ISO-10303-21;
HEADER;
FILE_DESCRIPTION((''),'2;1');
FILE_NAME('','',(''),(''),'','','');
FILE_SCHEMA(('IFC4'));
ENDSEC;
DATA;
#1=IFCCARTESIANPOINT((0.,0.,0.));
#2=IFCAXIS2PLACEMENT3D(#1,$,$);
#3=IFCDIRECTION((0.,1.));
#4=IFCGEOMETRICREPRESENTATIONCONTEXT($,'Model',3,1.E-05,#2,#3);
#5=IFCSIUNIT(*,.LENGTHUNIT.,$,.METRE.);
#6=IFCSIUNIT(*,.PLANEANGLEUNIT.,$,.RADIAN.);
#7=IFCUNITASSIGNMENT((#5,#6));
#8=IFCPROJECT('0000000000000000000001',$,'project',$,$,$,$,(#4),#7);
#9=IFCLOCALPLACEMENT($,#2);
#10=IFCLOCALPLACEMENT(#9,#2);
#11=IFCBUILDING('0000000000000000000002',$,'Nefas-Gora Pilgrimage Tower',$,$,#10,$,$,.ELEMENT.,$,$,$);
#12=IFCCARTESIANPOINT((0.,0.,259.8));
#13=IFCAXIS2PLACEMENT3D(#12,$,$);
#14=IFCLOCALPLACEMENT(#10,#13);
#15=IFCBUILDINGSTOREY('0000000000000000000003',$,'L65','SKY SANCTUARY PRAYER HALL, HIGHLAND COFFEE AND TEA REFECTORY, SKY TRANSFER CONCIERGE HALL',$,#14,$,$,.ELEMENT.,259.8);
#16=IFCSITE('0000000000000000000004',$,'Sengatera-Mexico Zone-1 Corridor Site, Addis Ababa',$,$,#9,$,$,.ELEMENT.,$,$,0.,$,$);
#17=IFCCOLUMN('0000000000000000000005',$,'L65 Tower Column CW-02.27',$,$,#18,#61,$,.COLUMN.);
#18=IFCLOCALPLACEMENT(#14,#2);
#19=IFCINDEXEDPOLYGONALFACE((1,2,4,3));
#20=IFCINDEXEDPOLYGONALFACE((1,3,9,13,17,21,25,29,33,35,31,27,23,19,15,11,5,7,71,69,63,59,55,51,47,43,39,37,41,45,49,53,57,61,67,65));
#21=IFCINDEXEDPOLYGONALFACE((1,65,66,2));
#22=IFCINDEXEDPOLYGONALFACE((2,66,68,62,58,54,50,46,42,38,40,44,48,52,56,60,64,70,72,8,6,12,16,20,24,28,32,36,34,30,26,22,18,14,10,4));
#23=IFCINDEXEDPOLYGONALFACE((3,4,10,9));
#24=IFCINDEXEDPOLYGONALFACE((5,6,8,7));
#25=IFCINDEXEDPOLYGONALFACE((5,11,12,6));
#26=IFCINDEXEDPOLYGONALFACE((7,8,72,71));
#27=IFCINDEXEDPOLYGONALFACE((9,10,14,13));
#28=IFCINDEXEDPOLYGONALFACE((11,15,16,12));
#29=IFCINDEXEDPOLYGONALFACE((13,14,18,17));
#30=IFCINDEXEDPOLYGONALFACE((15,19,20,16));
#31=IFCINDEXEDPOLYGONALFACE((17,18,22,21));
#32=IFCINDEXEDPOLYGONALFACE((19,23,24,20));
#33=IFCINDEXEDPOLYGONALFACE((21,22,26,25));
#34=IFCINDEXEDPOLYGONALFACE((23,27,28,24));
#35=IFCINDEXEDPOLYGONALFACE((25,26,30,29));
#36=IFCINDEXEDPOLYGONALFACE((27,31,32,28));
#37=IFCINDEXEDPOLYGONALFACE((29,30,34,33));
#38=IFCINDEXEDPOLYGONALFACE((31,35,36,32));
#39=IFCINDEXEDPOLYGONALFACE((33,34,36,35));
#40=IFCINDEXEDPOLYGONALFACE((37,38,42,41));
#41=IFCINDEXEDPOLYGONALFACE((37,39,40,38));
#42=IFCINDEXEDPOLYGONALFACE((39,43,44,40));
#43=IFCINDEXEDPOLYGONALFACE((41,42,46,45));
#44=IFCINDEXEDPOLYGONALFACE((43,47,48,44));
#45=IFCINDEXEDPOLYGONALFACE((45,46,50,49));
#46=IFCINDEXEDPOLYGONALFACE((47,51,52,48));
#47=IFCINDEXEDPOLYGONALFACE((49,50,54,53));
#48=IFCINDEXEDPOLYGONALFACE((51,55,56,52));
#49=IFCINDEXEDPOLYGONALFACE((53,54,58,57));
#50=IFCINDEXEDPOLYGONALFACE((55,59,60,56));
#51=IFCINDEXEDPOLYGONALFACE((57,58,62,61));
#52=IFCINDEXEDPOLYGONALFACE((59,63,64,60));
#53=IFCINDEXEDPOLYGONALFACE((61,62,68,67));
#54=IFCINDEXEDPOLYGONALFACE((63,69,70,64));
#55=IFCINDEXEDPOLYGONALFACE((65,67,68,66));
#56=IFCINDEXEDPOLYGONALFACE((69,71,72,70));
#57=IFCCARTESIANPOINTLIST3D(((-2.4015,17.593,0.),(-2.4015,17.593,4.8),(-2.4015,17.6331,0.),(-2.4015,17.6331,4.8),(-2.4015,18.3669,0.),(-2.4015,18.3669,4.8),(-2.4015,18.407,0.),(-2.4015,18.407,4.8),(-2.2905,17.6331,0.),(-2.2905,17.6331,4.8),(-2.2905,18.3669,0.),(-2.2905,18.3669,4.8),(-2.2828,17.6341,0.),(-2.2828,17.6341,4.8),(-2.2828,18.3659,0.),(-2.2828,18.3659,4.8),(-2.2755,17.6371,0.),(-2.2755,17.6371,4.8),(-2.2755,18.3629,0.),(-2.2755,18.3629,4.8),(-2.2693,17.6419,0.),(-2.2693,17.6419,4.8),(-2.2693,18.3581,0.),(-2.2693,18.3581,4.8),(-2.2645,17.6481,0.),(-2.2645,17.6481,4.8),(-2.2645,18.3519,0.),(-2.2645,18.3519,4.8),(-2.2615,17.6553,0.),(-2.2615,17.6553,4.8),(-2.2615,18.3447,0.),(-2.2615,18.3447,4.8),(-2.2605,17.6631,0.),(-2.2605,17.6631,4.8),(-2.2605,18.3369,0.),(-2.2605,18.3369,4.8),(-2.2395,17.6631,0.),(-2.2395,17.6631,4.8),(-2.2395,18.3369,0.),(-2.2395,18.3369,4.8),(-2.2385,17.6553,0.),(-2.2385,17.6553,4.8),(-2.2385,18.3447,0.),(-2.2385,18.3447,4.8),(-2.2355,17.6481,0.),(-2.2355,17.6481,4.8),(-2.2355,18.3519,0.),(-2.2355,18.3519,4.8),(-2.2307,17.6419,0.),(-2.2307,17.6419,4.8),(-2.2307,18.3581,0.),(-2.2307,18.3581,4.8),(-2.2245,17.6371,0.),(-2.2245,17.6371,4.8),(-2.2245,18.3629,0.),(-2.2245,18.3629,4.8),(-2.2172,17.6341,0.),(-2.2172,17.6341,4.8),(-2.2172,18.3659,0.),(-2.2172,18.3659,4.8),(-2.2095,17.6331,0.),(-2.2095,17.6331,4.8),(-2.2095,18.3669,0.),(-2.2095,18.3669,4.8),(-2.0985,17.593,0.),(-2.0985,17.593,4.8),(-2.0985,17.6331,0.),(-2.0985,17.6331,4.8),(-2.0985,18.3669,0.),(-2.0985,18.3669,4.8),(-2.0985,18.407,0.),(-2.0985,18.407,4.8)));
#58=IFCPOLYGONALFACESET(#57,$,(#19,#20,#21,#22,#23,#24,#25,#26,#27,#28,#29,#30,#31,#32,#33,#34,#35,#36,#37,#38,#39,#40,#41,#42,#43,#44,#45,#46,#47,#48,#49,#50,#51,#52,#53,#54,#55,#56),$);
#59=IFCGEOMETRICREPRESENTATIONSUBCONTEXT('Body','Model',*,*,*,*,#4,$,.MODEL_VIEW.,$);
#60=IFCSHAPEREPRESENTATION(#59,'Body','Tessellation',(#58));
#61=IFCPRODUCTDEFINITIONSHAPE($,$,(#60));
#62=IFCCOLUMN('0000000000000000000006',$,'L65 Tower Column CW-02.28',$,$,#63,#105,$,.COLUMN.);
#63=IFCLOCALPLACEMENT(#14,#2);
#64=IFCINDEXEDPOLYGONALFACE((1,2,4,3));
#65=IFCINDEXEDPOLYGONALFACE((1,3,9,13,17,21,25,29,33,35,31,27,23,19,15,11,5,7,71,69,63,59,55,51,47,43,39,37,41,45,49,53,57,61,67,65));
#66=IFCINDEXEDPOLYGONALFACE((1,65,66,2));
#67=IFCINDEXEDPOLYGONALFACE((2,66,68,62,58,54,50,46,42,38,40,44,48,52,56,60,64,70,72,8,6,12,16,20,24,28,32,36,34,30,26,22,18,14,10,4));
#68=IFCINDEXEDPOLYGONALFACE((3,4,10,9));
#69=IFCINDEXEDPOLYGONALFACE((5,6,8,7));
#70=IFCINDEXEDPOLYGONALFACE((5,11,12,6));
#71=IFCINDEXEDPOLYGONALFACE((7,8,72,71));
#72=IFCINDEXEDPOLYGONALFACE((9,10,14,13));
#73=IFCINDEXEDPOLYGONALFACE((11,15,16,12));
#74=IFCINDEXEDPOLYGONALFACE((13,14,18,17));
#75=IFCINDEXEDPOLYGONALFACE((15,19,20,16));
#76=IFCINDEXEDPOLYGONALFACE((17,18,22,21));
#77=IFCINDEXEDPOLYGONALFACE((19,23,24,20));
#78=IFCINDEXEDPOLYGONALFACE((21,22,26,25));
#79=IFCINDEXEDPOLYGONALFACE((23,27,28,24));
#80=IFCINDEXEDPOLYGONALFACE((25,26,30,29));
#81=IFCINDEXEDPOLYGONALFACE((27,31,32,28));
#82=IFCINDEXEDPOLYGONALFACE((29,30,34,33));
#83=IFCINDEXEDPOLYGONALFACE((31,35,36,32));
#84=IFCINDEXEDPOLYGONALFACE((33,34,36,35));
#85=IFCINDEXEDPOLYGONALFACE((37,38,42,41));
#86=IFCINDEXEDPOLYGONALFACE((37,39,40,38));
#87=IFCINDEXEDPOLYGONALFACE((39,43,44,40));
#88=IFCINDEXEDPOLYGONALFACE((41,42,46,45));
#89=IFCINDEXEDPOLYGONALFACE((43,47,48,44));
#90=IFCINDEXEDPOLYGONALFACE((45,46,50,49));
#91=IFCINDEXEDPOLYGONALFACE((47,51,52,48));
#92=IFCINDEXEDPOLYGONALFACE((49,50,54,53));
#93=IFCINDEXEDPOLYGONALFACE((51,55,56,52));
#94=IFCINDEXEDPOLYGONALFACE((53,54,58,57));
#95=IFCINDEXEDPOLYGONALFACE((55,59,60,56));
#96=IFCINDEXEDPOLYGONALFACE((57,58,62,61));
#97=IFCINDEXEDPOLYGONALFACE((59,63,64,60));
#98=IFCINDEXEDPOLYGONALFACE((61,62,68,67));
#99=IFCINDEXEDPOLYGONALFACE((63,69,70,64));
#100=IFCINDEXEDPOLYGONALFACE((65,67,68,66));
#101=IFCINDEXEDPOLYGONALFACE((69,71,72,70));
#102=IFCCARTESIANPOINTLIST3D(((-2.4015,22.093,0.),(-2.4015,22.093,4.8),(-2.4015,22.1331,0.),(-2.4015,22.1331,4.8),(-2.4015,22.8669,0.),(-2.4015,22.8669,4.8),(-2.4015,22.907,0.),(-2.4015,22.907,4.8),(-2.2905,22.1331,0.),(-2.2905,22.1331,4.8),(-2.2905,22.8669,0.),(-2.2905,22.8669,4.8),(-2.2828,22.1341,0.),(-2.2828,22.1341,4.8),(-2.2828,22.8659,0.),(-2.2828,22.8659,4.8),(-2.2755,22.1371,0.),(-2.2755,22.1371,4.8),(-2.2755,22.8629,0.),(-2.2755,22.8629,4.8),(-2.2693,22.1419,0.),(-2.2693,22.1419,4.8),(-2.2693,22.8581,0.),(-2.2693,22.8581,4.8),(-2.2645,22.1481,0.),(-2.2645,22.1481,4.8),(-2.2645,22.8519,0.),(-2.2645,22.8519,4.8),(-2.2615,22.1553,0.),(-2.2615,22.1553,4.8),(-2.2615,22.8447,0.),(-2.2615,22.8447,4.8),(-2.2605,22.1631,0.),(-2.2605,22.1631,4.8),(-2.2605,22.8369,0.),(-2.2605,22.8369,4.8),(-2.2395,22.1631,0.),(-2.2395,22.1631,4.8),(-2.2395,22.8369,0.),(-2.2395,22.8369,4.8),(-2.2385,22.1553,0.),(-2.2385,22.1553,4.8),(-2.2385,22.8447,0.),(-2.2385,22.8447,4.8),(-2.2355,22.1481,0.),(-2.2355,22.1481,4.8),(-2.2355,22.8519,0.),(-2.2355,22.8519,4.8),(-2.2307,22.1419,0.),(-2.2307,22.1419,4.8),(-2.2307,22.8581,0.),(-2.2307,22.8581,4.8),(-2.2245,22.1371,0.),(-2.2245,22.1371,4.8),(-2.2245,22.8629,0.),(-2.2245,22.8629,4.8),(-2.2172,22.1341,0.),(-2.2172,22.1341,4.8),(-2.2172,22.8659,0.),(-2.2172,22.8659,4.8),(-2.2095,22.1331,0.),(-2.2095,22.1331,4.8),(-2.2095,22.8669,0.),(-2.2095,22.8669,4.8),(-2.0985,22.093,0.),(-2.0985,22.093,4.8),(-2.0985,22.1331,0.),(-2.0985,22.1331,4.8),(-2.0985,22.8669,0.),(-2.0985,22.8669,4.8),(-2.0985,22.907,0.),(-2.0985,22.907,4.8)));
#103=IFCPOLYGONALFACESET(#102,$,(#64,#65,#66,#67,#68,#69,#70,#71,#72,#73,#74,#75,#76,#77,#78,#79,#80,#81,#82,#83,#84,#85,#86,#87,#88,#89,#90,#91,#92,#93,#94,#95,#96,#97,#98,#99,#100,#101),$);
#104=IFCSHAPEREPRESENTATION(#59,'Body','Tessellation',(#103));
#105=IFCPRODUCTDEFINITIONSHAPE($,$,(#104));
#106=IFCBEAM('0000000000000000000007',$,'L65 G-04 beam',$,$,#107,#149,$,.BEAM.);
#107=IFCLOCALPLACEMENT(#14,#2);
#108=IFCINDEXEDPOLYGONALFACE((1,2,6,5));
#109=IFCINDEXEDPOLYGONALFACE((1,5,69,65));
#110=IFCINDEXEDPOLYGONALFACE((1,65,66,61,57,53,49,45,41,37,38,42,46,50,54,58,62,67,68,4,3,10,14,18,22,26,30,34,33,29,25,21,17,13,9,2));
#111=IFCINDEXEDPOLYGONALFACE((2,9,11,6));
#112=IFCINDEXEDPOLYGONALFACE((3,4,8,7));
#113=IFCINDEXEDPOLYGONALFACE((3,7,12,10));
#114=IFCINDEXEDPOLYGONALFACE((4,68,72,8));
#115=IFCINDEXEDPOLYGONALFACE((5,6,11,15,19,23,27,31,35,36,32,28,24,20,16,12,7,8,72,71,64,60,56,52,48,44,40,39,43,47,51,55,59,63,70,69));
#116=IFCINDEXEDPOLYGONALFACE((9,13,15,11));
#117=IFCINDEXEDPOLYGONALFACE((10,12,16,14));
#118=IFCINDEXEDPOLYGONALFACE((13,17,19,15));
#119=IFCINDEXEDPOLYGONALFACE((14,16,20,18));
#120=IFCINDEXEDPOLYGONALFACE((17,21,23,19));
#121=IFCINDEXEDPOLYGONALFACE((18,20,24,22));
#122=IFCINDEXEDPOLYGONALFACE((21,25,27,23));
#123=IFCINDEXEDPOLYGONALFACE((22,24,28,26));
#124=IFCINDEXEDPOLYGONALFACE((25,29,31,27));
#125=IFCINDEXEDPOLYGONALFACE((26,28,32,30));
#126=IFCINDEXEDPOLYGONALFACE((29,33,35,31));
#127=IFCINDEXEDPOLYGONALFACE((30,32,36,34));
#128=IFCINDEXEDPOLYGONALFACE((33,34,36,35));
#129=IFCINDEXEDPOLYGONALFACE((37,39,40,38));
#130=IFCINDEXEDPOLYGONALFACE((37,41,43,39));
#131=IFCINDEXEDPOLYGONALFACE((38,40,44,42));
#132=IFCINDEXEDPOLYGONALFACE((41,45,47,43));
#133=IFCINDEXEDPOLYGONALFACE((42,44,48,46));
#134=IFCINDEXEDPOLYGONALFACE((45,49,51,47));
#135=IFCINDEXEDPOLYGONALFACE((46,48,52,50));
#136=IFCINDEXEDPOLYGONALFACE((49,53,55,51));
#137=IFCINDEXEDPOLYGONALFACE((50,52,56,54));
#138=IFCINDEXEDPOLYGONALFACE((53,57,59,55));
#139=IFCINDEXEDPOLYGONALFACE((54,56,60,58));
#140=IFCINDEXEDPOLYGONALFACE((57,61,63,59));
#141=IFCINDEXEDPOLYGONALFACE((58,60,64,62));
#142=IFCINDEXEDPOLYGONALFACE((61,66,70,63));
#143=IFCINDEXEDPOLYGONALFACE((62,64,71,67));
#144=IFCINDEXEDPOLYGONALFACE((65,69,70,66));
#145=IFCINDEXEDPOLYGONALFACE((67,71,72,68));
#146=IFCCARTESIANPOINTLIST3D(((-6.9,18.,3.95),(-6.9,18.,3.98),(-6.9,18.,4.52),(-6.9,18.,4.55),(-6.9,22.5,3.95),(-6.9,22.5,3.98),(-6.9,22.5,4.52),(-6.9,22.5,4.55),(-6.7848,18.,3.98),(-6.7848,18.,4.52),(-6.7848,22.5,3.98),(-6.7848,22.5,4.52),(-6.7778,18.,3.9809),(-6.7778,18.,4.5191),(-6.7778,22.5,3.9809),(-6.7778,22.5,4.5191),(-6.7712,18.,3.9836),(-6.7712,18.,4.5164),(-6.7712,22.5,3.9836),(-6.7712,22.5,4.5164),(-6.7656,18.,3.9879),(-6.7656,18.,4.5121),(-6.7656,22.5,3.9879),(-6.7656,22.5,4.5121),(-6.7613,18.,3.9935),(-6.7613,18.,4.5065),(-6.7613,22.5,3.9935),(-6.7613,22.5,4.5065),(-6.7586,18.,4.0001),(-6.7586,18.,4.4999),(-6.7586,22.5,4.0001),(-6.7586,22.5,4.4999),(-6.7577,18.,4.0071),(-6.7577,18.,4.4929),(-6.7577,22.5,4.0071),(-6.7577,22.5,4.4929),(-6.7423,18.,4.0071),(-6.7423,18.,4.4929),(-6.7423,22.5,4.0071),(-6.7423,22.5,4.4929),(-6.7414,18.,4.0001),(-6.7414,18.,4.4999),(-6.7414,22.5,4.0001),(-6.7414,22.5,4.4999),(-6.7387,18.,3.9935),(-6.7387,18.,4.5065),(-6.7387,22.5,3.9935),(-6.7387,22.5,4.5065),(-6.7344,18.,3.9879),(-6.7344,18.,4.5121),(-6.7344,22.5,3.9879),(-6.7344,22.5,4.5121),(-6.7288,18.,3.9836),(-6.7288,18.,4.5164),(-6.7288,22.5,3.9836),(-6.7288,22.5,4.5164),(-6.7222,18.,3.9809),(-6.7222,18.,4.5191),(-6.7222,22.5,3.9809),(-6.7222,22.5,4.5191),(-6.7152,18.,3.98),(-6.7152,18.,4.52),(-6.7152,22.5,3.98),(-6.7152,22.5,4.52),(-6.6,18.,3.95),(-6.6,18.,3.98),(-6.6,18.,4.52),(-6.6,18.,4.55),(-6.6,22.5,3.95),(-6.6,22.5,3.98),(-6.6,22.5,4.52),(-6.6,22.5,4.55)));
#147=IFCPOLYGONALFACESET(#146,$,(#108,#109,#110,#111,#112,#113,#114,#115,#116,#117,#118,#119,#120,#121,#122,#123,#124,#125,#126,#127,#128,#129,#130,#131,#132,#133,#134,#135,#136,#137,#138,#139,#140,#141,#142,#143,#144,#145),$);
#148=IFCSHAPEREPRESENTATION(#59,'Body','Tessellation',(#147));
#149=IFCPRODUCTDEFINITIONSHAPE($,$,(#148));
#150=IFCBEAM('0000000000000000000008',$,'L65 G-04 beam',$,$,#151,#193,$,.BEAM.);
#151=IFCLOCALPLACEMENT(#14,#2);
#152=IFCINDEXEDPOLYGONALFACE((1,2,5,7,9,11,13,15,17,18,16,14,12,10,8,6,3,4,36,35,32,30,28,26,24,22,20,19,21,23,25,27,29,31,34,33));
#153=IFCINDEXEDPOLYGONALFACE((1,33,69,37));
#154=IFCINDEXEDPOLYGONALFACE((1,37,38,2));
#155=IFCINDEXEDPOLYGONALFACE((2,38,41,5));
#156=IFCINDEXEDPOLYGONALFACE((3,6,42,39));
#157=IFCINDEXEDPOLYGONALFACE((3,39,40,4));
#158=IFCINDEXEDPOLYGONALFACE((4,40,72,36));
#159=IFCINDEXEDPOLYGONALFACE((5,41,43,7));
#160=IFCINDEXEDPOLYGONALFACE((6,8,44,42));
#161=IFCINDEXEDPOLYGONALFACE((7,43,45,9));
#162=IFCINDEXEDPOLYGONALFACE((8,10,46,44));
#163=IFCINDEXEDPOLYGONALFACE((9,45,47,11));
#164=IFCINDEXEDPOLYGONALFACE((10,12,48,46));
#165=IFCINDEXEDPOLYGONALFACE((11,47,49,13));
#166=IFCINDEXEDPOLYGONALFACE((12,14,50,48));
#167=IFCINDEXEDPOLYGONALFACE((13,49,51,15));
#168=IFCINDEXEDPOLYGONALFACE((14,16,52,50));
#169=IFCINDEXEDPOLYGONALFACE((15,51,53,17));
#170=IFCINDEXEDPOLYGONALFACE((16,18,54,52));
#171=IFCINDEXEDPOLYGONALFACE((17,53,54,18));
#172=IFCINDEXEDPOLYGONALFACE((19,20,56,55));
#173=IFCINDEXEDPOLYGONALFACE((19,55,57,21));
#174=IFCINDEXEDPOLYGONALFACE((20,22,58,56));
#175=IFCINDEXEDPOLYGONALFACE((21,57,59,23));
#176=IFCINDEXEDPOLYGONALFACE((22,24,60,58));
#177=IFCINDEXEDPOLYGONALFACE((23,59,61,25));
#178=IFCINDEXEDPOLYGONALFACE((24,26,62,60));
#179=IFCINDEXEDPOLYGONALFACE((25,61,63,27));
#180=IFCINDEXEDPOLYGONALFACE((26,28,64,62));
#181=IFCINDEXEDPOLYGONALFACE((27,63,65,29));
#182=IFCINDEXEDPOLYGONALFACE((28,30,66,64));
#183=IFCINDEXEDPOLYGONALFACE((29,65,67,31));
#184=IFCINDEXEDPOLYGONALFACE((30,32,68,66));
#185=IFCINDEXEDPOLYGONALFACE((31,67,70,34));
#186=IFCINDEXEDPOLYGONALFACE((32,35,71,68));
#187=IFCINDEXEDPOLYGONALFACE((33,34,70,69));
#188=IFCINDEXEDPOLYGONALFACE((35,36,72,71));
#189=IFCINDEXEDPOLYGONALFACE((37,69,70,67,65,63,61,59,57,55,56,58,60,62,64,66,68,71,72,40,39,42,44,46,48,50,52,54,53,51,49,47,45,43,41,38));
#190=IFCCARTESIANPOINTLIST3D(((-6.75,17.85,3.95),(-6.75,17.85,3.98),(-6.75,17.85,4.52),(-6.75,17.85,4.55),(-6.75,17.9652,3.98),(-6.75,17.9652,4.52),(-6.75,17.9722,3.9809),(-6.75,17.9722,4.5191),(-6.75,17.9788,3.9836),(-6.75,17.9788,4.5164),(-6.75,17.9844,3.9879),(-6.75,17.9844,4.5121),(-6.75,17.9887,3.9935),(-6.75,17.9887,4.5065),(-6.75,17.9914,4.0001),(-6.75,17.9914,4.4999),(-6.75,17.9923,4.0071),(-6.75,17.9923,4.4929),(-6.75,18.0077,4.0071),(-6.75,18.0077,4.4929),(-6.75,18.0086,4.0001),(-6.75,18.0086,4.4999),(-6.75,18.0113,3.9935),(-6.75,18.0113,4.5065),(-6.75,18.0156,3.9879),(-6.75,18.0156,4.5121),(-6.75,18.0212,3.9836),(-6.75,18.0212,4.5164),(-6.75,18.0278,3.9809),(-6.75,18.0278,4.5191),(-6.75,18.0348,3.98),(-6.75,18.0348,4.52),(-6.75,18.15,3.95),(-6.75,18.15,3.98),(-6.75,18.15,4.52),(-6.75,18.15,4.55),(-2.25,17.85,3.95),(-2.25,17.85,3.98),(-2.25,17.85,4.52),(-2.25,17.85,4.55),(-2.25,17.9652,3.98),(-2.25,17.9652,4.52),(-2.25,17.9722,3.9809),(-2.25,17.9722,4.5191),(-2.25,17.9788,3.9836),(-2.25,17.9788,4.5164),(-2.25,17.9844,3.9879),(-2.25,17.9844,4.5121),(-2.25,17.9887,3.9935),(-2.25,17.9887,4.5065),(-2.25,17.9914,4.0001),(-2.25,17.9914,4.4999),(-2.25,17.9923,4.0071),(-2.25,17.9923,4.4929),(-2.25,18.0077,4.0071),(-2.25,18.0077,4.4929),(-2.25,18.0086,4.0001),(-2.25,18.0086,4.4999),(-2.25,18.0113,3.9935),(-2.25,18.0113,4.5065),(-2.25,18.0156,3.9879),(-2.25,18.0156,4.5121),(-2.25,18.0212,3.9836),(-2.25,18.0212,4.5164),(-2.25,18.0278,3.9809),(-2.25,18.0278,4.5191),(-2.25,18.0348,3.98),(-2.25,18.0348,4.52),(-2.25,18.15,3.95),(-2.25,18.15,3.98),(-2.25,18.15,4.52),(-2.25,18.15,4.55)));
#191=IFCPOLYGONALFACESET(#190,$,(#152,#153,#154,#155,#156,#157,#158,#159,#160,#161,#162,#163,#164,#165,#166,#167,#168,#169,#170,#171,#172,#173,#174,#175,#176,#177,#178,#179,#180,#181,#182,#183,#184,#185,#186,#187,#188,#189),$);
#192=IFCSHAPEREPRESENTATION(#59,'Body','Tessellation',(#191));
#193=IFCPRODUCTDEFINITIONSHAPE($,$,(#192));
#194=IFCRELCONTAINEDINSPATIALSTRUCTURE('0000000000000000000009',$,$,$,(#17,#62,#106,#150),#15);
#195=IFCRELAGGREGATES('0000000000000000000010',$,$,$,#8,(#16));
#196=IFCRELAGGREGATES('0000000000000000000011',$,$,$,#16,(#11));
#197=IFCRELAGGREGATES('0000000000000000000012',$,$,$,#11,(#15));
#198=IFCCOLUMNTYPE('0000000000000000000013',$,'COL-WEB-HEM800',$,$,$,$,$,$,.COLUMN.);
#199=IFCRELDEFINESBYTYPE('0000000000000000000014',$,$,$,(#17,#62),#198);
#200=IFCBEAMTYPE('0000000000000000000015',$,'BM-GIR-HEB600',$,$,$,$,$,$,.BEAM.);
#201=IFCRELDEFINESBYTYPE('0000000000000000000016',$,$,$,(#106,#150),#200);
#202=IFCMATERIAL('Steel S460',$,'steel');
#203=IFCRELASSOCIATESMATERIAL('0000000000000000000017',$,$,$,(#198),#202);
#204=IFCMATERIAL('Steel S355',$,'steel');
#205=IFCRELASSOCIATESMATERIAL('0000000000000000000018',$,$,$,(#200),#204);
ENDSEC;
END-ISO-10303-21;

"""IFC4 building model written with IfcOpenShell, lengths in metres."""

from ifc_helpers import new_model, si_unit, direction, frame, origin, origin_2d, place, context, subcontext, project, spatial, i_section, extrude, source, transform, mapped, material, material_profile, profile_set, type_object, element, save


model = new_model("IFC4")

# Units and contexts
model_context = context("Model", 3, precision=1e-05, world=origin(), true_north=direction((0.0, 1.0)))
body_context = subcontext(model_context, "Body", "Model", "MODEL_VIEW")
ifc_project = project(units=[si_unit("LENGTHUNIT", "METRE"), si_unit("PLANEANGLEUNIT", "RADIAN")], contexts=[model_context])

# Site, building, storey
site_placement = place(None, origin())
site = spatial("IfcSite", under=ifc_project, at=site_placement, Name="Sengatera-Mexico Zone-1 Corridor Site, Addis Ababa", CompositionType="ELEMENT", RefElevation=0.0)
building_placement = place(site_placement, origin())
building = spatial("IfcBuilding", under=site, at=building_placement, Name="Nefas-Gora Pilgrimage Tower", CompositionType="ELEMENT")
storey_placement = place(building_placement, frame((0.0, 0.0, 259.8)))
storey = spatial("IfcBuildingStorey", under=building, at=storey_placement, Name="L65", Description="SKY SANCTUARY PRAYER HALL, HIGHLAND COFFEE AND TEA REFECTORY, SKY TRANSFER CONCIERGE HALL", CompositionType="ELEMENT", Elevation=259.8)

# Columns
ifc_material_1 = material(Name="Steel S460", Category="steel")
ifc_material_profile_1 = material_profile(ifc_material_1, i_section(OverallWidth=0.303, OverallDepth=0.814, WebThickness=0.021, FlangeThickness=0.04, FilletRadius=0.03, at=origin_2d()), Name="HEM 800")
ifc_profile_set_1 = profile_set([ifc_material_profile_1], Name="Steel S460")
column_type_1 = type_object("IfcColumnType", Name="COL-WEB-HEM800", PredefinedType="COLUMN", material=ifc_profile_set_1)
shared_shape_1 = source(origin(), body_context, "Body", "SweptSolid", [
    extrude(i_section(OverallWidth=0.303, OverallDepth=0.814, WebThickness=0.021, FlangeThickness=0.04, FilletRadius=0.03, at=origin_2d()), origin(), (0.0, 0.0, 1.0), 4.8),
])
for number, where, z_axis, x_axis, name in (
    (1, (-2.25, 18.0, 0.0), (0.0, 0.0, 1.0), (1.0, 0.0, 0.0), "L65 Tower Column CW-02.27"),
    (2, (-2.25, 22.5, 0.0), (0.0, 0.0, 1.0), (1.0, 0.0, 0.0), "L65 Tower Column CW-02.28"),
):
    element("IfcColumn", number, at=place(storey_placement, frame(where, z_axis=z_axis, x_axis=x_axis)), inside=storey, type_object=column_type_1, Name=name, PredefinedType="COLUMN", context=body_context, shape_type="MappedRepresentation", body=[
        mapped(shared_shape_1, transform((0.0, 0.0, 0.0), x_axis=(1.0, 0.0, 0.0), y_axis=(0.0, 1.0, 0.0), z_axis=(0.0, 0.0, 1.0), scale=1.0)),
    ])

# Beams
ifc_material_2 = material(Name="Steel S355", Category="steel")
ifc_material_profile_2 = material_profile(ifc_material_2, i_section(OverallWidth=0.3, OverallDepth=0.6001, WebThickness=0.0154, FlangeThickness=0.03, FilletRadius=0.0271, at=origin_2d()), Name="HEB 600")
ifc_profile_set_2 = profile_set([ifc_material_profile_2], Name="Steel S355")
beam_type = type_object("IfcBeamType", Name="BM-GIR-HEB600", PredefinedType="BEAM", material=ifc_profile_set_2)
shared_shape_2 = source(origin(), body_context, "Body", "SweptSolid", [
    extrude(i_section(OverallWidth=0.3, OverallDepth=0.6001, WebThickness=0.0154, FlangeThickness=0.03, FilletRadius=0.0271, at=origin_2d()), origin(), (0.0, 0.0, 1.0), 4.5),
])
for number, where, z_axis, x_axis, name in (
    (3, (-6.75, 18.0, 4.25), (0.0, 1.0, 0.0), (-1.0, 0.0, 0.0), "L65 G-04 beam"),
    (4, (-6.75, 18.0, 4.25), (1.0, 0.0, 0.0), (0.0, 1.0, 0.0), "L65 G-04 beam"),
):
    element("IfcBeam", number, at=place(storey_placement, frame(where, z_axis=z_axis, x_axis=x_axis)), inside=storey, type_object=beam_type, Name=name, PredefinedType="BEAM", context=body_context, shape_type="MappedRepresentation", body=[
        mapped(shared_shape_2, transform((0.0, 0.0, 0.0), x_axis=(1.0, 0.0, 0.0), y_axis=(0.0, 1.0, 0.0), z_axis=(0.0, 0.0, 1.0), scale=1.0)),
    ])

save(model, "model.ifc")
